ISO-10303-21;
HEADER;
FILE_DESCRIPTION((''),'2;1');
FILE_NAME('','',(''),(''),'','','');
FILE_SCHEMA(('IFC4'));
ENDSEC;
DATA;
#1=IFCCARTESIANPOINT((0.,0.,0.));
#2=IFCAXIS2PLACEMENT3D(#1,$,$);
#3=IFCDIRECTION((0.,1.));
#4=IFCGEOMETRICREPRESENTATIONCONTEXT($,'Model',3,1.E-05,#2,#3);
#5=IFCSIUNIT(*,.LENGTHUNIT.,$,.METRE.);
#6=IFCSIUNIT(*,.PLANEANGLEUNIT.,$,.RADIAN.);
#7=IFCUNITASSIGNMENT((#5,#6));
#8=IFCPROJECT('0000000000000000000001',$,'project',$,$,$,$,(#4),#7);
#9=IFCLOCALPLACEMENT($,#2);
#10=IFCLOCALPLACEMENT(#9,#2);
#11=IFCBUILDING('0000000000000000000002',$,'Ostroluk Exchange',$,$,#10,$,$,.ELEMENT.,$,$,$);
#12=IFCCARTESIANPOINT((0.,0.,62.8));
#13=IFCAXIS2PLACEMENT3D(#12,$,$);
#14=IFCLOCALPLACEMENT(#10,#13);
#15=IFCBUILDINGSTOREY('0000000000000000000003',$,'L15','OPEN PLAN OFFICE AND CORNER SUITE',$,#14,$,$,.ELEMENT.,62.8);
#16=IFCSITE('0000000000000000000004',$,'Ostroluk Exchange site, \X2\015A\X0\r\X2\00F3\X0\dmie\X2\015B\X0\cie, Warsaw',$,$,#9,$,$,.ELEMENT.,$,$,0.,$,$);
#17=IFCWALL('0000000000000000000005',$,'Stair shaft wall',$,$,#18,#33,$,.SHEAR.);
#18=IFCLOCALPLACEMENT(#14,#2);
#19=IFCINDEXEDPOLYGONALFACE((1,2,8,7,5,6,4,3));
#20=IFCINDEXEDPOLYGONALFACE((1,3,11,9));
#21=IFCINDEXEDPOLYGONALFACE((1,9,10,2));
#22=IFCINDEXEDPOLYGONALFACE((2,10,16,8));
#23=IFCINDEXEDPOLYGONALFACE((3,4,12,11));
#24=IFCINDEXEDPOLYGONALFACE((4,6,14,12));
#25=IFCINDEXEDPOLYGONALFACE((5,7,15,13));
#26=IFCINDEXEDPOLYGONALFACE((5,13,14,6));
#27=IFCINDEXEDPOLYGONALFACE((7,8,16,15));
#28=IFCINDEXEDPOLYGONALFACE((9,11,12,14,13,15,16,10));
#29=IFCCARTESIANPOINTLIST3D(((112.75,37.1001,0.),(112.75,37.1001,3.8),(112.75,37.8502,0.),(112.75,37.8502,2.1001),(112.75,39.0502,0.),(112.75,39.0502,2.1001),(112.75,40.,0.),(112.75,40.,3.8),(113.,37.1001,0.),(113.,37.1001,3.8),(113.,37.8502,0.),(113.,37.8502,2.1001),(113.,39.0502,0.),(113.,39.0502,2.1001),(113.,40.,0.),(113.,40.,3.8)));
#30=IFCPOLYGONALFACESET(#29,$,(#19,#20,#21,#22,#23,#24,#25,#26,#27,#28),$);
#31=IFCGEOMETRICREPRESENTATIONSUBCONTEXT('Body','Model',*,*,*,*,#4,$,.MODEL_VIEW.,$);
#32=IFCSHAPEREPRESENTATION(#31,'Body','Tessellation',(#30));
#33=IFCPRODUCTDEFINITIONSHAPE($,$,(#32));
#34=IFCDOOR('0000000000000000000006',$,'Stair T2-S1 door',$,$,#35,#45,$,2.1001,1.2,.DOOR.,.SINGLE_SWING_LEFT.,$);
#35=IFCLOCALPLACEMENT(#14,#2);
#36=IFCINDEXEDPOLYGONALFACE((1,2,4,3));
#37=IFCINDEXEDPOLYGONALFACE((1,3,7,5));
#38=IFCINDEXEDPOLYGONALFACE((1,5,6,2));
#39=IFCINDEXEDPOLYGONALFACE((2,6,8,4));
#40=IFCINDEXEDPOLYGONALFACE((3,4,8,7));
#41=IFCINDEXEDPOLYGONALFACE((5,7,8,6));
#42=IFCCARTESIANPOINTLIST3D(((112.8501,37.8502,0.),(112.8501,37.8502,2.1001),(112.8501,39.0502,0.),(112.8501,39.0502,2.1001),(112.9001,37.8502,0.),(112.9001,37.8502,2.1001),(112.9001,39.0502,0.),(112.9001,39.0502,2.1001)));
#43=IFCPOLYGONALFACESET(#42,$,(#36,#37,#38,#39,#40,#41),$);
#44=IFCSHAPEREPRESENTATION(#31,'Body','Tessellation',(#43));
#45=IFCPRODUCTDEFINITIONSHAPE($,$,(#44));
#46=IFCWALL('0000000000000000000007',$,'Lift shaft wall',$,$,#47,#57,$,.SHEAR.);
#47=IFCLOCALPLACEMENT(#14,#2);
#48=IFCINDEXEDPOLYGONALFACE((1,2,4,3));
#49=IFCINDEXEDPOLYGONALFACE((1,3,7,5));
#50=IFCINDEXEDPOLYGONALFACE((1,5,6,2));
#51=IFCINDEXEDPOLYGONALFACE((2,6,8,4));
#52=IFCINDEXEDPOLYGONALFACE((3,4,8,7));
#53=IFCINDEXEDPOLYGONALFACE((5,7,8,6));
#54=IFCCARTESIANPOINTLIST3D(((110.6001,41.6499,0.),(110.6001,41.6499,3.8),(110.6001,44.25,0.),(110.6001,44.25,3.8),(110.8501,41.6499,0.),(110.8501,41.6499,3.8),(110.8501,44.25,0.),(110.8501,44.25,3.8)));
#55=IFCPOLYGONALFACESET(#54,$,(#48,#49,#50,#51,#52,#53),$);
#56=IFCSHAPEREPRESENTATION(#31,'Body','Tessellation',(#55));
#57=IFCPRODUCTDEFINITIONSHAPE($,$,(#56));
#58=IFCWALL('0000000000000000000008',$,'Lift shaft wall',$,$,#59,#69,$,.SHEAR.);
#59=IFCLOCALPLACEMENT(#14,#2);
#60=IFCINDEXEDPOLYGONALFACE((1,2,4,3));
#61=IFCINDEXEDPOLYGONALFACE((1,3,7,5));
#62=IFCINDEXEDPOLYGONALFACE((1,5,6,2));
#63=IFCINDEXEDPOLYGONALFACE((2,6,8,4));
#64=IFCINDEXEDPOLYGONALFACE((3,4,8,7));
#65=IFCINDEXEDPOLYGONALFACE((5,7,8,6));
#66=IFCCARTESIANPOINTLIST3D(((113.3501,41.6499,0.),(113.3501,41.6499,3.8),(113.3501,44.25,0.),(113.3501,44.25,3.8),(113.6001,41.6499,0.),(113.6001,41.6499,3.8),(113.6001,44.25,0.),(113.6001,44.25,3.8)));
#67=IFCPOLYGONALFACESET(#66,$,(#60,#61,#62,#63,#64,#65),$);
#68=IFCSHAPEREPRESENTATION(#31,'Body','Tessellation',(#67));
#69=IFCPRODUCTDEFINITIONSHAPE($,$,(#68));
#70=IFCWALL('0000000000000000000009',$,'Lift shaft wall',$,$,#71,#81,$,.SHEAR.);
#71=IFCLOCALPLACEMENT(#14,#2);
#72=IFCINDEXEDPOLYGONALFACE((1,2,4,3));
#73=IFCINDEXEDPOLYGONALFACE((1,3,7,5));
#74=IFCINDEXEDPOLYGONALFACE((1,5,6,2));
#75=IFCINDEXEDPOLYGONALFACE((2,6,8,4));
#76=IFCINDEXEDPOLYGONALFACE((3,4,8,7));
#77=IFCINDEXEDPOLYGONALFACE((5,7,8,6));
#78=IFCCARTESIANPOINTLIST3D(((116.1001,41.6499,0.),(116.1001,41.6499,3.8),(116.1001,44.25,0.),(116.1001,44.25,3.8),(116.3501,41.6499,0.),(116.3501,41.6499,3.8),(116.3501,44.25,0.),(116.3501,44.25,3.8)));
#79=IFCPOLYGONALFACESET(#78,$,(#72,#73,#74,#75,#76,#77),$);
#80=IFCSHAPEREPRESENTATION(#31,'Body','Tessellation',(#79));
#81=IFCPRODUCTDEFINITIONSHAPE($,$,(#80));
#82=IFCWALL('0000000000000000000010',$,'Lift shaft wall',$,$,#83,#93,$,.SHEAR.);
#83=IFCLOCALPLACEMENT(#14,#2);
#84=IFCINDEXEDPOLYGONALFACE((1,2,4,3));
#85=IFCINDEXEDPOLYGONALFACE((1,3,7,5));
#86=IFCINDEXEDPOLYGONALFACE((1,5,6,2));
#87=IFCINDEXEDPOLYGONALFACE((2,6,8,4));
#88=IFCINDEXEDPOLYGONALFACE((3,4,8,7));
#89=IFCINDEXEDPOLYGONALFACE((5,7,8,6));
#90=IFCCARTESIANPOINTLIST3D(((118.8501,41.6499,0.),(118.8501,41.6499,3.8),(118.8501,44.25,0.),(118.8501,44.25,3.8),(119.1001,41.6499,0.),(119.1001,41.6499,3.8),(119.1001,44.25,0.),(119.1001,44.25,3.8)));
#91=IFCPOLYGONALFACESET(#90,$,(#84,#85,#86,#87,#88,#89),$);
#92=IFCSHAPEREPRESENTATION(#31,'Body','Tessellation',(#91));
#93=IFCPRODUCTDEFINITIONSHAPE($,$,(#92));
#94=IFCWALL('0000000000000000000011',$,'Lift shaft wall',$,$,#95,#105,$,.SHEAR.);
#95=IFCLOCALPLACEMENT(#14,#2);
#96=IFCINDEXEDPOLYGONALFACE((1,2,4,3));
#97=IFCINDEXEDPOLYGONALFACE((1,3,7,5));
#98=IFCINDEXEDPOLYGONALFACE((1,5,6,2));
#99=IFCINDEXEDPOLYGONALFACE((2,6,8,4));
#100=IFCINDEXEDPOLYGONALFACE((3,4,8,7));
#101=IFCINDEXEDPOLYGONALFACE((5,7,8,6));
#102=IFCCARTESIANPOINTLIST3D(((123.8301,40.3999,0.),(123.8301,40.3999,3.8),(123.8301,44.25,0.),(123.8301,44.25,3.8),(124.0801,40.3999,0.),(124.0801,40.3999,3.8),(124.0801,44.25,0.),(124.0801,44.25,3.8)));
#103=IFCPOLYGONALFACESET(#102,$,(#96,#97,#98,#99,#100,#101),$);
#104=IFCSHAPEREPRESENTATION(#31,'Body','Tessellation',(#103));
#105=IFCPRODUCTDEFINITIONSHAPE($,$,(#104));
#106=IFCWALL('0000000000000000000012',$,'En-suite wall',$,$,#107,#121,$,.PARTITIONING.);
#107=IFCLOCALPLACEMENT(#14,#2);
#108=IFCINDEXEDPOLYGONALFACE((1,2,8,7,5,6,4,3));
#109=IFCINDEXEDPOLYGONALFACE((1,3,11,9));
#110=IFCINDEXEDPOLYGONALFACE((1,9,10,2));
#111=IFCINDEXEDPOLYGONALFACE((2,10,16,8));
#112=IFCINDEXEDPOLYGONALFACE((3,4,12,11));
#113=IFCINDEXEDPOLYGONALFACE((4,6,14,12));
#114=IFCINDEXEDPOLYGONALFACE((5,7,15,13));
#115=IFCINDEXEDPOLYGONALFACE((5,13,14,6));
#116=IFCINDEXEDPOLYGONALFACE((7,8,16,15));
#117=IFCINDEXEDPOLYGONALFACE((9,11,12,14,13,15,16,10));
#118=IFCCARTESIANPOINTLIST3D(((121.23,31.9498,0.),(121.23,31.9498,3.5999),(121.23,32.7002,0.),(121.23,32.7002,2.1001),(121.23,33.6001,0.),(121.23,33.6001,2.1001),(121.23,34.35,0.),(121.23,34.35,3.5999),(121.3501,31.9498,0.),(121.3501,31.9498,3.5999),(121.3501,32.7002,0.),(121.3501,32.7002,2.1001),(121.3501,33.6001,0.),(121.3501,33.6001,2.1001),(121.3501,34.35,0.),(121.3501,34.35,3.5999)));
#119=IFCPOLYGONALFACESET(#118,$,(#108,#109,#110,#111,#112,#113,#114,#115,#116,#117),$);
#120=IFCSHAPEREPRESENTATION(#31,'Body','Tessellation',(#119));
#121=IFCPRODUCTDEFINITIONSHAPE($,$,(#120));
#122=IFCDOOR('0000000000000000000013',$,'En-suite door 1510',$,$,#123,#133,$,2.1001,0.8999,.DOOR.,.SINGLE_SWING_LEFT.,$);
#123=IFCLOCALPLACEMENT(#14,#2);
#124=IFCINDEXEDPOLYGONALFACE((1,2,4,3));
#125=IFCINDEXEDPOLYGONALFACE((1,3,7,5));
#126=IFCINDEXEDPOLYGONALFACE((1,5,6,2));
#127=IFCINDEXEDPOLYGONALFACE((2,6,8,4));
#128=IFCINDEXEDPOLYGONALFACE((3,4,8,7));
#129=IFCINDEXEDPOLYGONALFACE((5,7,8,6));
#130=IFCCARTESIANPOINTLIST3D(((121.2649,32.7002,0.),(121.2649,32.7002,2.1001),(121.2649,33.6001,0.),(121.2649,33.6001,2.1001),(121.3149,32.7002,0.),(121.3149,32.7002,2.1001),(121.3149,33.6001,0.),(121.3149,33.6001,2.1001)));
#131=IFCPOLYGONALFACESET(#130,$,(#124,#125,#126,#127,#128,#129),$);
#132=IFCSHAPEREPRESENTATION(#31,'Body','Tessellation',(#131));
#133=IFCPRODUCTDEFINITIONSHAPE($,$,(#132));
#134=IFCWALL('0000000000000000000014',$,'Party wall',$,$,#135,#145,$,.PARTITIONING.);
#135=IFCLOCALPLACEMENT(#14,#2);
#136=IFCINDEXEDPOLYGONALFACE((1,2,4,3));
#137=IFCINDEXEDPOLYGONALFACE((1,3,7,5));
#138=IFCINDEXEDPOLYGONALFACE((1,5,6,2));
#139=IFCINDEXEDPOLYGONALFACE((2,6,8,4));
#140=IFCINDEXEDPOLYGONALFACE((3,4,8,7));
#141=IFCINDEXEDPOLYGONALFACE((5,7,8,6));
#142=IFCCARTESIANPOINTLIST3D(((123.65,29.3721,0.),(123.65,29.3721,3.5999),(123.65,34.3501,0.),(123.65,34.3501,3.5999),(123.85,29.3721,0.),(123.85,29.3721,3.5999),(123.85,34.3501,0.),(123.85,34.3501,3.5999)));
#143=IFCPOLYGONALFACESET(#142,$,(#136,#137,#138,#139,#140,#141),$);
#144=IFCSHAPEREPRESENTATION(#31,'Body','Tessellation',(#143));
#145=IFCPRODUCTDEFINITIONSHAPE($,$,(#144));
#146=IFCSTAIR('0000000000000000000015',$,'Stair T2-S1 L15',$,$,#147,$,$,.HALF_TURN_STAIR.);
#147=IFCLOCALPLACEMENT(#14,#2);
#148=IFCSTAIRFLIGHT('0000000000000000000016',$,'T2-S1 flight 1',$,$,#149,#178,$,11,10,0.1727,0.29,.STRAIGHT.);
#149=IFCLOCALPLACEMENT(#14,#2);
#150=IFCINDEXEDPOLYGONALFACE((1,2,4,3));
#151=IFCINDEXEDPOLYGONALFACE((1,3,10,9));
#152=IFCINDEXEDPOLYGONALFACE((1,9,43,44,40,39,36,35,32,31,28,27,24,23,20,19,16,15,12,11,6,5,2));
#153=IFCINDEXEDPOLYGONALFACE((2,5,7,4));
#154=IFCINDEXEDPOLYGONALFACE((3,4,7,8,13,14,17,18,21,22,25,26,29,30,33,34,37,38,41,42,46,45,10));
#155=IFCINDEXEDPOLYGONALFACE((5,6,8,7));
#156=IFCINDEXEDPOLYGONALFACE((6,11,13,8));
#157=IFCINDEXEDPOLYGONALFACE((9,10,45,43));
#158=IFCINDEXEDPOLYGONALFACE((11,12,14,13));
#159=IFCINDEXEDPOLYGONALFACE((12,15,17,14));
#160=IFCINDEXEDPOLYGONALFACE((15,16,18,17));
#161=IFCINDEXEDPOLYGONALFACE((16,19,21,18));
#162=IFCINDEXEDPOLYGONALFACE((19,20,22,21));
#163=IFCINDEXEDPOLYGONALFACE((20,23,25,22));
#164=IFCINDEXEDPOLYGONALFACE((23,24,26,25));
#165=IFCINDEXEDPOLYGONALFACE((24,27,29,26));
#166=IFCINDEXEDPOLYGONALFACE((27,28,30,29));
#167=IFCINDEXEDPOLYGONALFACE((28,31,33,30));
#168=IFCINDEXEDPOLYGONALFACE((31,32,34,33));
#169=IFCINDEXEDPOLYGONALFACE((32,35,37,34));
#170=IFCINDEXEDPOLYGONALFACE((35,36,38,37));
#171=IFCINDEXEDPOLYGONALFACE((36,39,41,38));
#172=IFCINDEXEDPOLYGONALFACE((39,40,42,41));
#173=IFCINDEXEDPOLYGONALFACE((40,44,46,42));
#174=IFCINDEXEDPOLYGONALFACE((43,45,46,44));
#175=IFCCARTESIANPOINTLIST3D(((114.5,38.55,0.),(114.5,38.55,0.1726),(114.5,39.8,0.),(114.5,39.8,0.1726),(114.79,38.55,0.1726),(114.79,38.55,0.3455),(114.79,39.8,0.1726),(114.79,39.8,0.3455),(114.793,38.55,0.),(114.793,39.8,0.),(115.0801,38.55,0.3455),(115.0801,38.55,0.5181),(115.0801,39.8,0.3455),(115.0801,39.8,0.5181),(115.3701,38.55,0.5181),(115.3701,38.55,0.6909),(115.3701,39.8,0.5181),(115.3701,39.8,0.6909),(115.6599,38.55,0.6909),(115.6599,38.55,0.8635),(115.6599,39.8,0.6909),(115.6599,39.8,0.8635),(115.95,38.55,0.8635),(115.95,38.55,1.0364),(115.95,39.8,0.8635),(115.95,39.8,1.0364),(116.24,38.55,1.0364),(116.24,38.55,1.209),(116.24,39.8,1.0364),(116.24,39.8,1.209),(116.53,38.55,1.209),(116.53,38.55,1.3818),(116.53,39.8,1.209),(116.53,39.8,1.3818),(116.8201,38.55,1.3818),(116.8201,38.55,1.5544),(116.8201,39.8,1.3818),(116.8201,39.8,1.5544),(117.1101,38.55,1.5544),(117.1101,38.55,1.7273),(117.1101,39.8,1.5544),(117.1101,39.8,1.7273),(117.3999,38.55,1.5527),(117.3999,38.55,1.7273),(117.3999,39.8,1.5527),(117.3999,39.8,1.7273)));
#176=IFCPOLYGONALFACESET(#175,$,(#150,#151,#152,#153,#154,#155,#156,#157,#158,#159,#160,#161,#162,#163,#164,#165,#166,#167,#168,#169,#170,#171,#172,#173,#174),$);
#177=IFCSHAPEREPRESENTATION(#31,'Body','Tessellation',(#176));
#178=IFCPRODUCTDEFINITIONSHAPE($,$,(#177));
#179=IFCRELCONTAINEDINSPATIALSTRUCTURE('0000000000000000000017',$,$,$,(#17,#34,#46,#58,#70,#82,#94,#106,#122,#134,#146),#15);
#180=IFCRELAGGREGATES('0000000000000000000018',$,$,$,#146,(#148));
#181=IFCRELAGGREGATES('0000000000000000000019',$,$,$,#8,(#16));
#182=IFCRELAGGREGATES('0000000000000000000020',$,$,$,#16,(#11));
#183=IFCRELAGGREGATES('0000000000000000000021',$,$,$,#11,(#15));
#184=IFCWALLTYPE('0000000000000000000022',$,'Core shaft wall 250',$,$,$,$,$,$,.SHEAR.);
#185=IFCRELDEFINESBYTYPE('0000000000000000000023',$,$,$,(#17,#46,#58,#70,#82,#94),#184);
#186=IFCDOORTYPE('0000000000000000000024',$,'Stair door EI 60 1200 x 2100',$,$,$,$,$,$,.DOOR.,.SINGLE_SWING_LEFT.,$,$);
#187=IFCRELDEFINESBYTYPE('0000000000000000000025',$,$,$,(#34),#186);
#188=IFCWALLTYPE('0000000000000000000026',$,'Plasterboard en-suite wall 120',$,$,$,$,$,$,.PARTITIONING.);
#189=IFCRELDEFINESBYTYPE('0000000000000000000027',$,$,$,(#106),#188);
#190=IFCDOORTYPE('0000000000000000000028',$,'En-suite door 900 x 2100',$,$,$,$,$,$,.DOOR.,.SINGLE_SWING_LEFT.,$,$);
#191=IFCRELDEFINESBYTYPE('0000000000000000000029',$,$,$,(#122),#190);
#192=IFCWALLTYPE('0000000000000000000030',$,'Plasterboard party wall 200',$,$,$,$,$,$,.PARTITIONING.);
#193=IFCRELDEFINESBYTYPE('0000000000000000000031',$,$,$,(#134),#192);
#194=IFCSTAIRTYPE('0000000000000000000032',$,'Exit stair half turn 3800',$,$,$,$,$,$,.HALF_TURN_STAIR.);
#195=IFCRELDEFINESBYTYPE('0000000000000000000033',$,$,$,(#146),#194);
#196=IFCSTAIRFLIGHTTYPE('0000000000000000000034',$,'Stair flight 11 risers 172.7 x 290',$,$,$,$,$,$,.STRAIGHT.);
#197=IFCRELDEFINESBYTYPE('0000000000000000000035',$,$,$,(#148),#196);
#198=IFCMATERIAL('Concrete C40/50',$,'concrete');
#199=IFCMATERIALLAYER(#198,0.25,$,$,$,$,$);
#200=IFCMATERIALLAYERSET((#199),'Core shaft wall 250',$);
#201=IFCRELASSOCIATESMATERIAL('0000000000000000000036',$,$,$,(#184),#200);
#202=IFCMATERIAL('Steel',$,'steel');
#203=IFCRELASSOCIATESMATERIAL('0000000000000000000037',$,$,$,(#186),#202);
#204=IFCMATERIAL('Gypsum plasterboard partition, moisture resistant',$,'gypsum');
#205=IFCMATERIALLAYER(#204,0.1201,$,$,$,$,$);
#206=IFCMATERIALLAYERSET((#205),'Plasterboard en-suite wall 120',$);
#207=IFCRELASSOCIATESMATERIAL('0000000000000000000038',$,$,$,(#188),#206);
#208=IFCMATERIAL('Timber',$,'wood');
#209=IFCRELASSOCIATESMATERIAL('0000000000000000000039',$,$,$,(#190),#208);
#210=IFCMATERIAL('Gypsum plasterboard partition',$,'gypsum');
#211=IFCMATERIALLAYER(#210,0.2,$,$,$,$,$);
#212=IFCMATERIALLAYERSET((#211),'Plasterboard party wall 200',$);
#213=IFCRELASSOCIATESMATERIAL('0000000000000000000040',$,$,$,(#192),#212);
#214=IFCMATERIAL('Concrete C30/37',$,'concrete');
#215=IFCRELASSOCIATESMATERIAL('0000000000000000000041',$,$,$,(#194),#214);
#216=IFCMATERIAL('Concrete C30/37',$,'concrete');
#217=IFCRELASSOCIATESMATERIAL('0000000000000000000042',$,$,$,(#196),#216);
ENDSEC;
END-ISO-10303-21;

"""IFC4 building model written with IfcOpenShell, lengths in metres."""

from ifc_helpers import new_model, si_unit, direction, frame, frame_2d, origin, place, context, subcontext, project, spatial, polyline, rectangle, outline, extrude, material, layer, layer_set, type_object, element, fill, aggregate, save


model = new_model("IFC4")

# Units and contexts
model_context = context("Model", 3, precision=1e-05, world=origin(), true_north=direction((0.0, 1.0)))
body_context = subcontext(model_context, "Body", "Model", "MODEL_VIEW")
ifc_project = project(units=[si_unit("LENGTHUNIT", "METRE"), si_unit("PLANEANGLEUNIT", "RADIAN")], contexts=[model_context])

# Site, building, storey
site_placement = place(None, origin())
site = spatial("IfcSite", under=ifc_project, at=site_placement, Name="Ostroluk Exchange site, Śródmieście, Warsaw", CompositionType="ELEMENT", RefElevation=0.0)
building_placement = place(site_placement, origin())
building = spatial("IfcBuilding", under=site, at=building_placement, Name="Ostroluk Exchange", CompositionType="ELEMENT")
storey_placement = place(building_placement, frame((0.0, 0.0, 62.8)))
storey = spatial("IfcBuildingStorey", under=building, at=storey_placement, Name="L15", Description="OPEN PLAN OFFICE AND CORNER SUITE", CompositionType="ELEMENT", Elevation=62.8)

# Wall, opening, door
ifc_material_1 = material(Name="Concrete C40/50", Category="concrete")
ifc_layer_1 = layer(ifc_material_1, 0.25)
ifc_layer_set_1 = layer_set([ifc_layer_1], Name="Core shaft wall 250")
wall_type_1 = type_object("IfcWallType", Name="Core shaft wall 250", PredefinedType="SHEAR", material=ifc_layer_set_1)
wall_1_placement = place(storey_placement, frame((112.875, 37.1001, 0.0), z_axis=(0.0, 0.0, 1.0), x_axis=(0.0, 1.0, 0.0)))
wall_1 = element("IfcWall", 1, at=wall_1_placement, inside=storey, type_object=wall_type_1, Name="Stair shaft wall", PredefinedType="SHEAR", context=body_context, shape_type="SweptSolid", body=[
    extrude(rectangle(XDim=2.8999, YDim=0.25, at=frame_2d((1.45, 0.0))), origin(), (0.0, 0.0, 1.0), 3.8),
])
opening_1_placement = place(wall_1_placement, frame((0.75, 0.0, 0.0)))
opening_1 = element("IfcOpeningElement", 2, at=opening_1_placement, cuts=wall_1, PredefinedType="OPENING", context=body_context, shape_type="SweptSolid", body=[
    extrude(rectangle(XDim=1.2, YDim=2.1001, at=frame_2d((0.6001, 1.05))), frame((0.0, 0.135, 0.0), z_axis=(0.0, -1.0, 0.0), x_axis=(1.0, 0.0, 0.0)), (0.0, 0.0, 1.0), 0.27),
])
ifc_material_2 = material(Name="Steel", Category="steel")
door_type_1 = type_object("IfcDoorType", Name="Stair door EI 60 1200 x 2100", OperationType="SINGLE_SWING_LEFT", PredefinedType="DOOR", material=ifc_material_2)
door_1_placement = place(opening_1_placement, origin())
door_1 = element("IfcDoor", 3, at=door_1_placement, inside=storey, type_object=door_type_1, Name="Stair T2-S1 door", OperationType="SINGLE_SWING_LEFT", OverallHeight=2.1001, OverallWidth=1.2, PredefinedType="DOOR", context=body_context, shape_type="SweptSolid", body=[
    extrude(rectangle(XDim=1.2, YDim=2.1001, at=frame_2d((0.6001, 1.05))), frame((0.0, 0.0249, 0.0), z_axis=(0.0, -1.0, 0.0), x_axis=(1.0, 0.0, 0.0)), (0.0, 0.0, 1.0), 0.05),
])
fill(opening_1, door_1)

# Walls
for number, where, z_axis, x_axis, name in (
    (4, (110.7251, 44.25, 0.0), (0.0, 0.0, 1.0), (0.0, -1.0, 0.0), "Lift shaft wall"),
    (5, (113.4751, 44.25, 0.0), (0.0, 0.0, 1.0), (0.0, -1.0, 0.0), "Lift shaft wall"),
    (6, (116.2251, 44.25, 0.0), (0.0, 0.0, 1.0), (0.0, -1.0, 0.0), "Lift shaft wall"),
    (7, (118.9751, 44.25, 0.0), (0.0, 0.0, 1.0), (0.0, -1.0, 0.0), "Lift shaft wall"),
):
    element("IfcWall", number, at=place(storey_placement, frame(where, z_axis=z_axis, x_axis=x_axis)), inside=storey, type_object=wall_type_1, Name=name, PredefinedType="SHEAR", context=body_context, shape_type="SweptSolid", body=[
        extrude(rectangle(XDim=2.6001, YDim=0.25, at=frame_2d((1.3, 0.0))), origin(), (0.0, 0.0, 1.0), 3.8),
    ])
wall_2_placement = place(storey_placement, frame((123.9551, 44.25, 0.0), z_axis=(0.0, 0.0, 1.0), x_axis=(0.0, -1.0, 0.0)))
element("IfcWall", 8, at=wall_2_placement, inside=storey, type_object=wall_type_1, Name="Lift shaft wall", PredefinedType="SHEAR", context=body_context, shape_type="SweptSolid", body=[
    extrude(rectangle(XDim=3.8501, YDim=0.25, at=frame_2d((1.925, 0.0))), origin(), (0.0, 0.0, 1.0), 3.8),
])

# Wall, opening, door
ifc_material_3 = material(Name="Gypsum plasterboard partition, moisture resistant", Category="gypsum")
ifc_layer_2 = layer(ifc_material_3, 0.1201)
ifc_layer_set_2 = layer_set([ifc_layer_2], Name="Plasterboard en-suite wall 120")
wall_type_2 = type_object("IfcWallType", Name="Plasterboard en-suite wall 120", PredefinedType="PARTITIONING", material=ifc_layer_set_2)
wall_3_placement = place(storey_placement, frame((121.29, 34.3501, 0.0), z_axis=(0.0, 0.0, 1.0), x_axis=(0.0, -1.0, 0.0)))
wall_3 = element("IfcWall", 9, at=wall_3_placement, inside=storey, type_object=wall_type_2, Name="En-suite wall", PredefinedType="PARTITIONING", context=body_context, shape_type="SweptSolid", body=[
    extrude(rectangle(XDim=2.4001, YDim=0.1201, at=frame_2d((1.2002, 0.0))), origin(), (0.0, 0.0, 1.0), 3.5999),
])
opening_2_placement = place(wall_3_placement, frame((0.75, 0.0, 0.0)))
opening_2 = element("IfcOpeningElement", 10, at=opening_2_placement, cuts=wall_3, PredefinedType="OPENING", context=body_context, shape_type="SweptSolid", body=[
    extrude(rectangle(XDim=0.8999, YDim=2.1001, at=frame_2d((0.45, 1.05))), frame((0.0, 0.0701, 0.0), z_axis=(0.0, -1.0, 0.0), x_axis=(1.0, 0.0, 0.0)), (0.0, 0.0, 1.0), 0.1401),
])
ifc_material_4 = material(Name="Timber", Category="wood")
door_type_2 = type_object("IfcDoorType", Name="En-suite door 900 x 2100", OperationType="SINGLE_SWING_LEFT", PredefinedType="DOOR", material=ifc_material_4)
door_2_placement = place(opening_2_placement, origin())
door_2 = element("IfcDoor", 11, at=door_2_placement, inside=storey, type_object=door_type_2, Name="En-suite door 1510", OperationType="SINGLE_SWING_LEFT", OverallHeight=2.1001, OverallWidth=0.8999, PredefinedType="DOOR", context=body_context, shape_type="SweptSolid", body=[
    extrude(rectangle(XDim=0.8999, YDim=2.1001, at=frame_2d((0.45, 1.05))), frame((0.0, 0.0249, 0.0), z_axis=(0.0, -1.0, 0.0), x_axis=(1.0, 0.0, 0.0)), (0.0, 0.0, 1.0), 0.05),
])
fill(opening_2, door_2)

# Wall
ifc_material_5 = material(Name="Gypsum plasterboard partition", Category="gypsum")
ifc_layer_3 = layer(ifc_material_5, 0.2)
ifc_layer_set_3 = layer_set([ifc_layer_3], Name="Plasterboard party wall 200")
wall_type_3 = type_object("IfcWallType", Name="Plasterboard party wall 200", PredefinedType="PARTITIONING", material=ifc_layer_set_3)
wall_4_placement = place(storey_placement, frame((123.75, 34.3501, 0.0), z_axis=(0.0, 0.0, 1.0), x_axis=(0.0, -1.0, 0.0)))
element("IfcWall", 12, at=wall_4_placement, inside=storey, type_object=wall_type_3, Name="Party wall", PredefinedType="PARTITIONING", context=body_context, shape_type="SweptSolid", body=[
    extrude(rectangle(XDim=4.978, YDim=0.2, at=frame_2d((2.489, 0.0))), origin(), (0.0, 0.0, 1.0), 3.5999),
])

# Stair, stair flight
ifc_material_6 = material(Name="Concrete C30/37", Category="concrete")
stair_type = type_object("IfcStairType", Name="Exit stair half turn 3800", PredefinedType="HALF_TURN_STAIR", material=ifc_material_6)
stair_placement = place(storey_placement, origin())
stair = element("IfcStair", 13, at=stair_placement, inside=storey, type_object=stair_type, Name="Stair T2-S1 L15", PredefinedType="HALF_TURN_STAIR")
ifc_material_7 = material(Name="Concrete C30/37", Category="concrete")
stair_flight_type = type_object("IfcStairFlightType", Name="Stair flight 11 risers 172.7 x 290", PredefinedType="STRAIGHT", material=ifc_material_7)
stair_flight_1_placement = place(storey_placement, frame((114.5, 39.175, 0.0), z_axis=(0.0, 0.0, 1.0), x_axis=(1.0, 0.0, 0.0)))
stair_flight_1 = element("IfcStairFlight", 14, at=stair_flight_1_placement, type_object=stair_flight_type, Name="T2-S1 flight 1", NumberOfRisers=11, NumberOfTreads=10, PredefinedType="STRAIGHT", RiserHeight=0.1727, TreadLength=0.29, context=body_context, shape_type="SweptSolid", body=[
    extrude(outline(polyline([(0.0, 0.0), (0.0, 0.1726), (0.29, 0.1726), (0.29, 0.3455), (0.5801, 0.3455), (0.5801, 0.5181), (0.8701, 0.5181), (0.8701, 0.6909), (1.1599, 0.6909), (1.1599, 0.8635), (1.45, 0.8635), (1.45, 1.0364), (1.74, 1.0364), (1.74, 1.209), (2.03, 1.209), (2.03, 1.3818), (2.3201, 1.3818), (2.3201, 1.5544), (2.6101, 1.5544), (2.6101, 1.7273), (2.8999, 1.7273), (2.8999, 1.8999), (2.8999, 1.5527), (0.293, 0.0), (0.0, 0.0)])), frame((0.0, 0.625, 0.0), z_axis=(0.0, -1.0, 0.0), x_axis=(1.0, 0.0, 0.0)), (0.0, 0.0, 1.0), 1.25),
])
aggregate(stair, [stair_flight_1])

save(model, "model.ifc")
